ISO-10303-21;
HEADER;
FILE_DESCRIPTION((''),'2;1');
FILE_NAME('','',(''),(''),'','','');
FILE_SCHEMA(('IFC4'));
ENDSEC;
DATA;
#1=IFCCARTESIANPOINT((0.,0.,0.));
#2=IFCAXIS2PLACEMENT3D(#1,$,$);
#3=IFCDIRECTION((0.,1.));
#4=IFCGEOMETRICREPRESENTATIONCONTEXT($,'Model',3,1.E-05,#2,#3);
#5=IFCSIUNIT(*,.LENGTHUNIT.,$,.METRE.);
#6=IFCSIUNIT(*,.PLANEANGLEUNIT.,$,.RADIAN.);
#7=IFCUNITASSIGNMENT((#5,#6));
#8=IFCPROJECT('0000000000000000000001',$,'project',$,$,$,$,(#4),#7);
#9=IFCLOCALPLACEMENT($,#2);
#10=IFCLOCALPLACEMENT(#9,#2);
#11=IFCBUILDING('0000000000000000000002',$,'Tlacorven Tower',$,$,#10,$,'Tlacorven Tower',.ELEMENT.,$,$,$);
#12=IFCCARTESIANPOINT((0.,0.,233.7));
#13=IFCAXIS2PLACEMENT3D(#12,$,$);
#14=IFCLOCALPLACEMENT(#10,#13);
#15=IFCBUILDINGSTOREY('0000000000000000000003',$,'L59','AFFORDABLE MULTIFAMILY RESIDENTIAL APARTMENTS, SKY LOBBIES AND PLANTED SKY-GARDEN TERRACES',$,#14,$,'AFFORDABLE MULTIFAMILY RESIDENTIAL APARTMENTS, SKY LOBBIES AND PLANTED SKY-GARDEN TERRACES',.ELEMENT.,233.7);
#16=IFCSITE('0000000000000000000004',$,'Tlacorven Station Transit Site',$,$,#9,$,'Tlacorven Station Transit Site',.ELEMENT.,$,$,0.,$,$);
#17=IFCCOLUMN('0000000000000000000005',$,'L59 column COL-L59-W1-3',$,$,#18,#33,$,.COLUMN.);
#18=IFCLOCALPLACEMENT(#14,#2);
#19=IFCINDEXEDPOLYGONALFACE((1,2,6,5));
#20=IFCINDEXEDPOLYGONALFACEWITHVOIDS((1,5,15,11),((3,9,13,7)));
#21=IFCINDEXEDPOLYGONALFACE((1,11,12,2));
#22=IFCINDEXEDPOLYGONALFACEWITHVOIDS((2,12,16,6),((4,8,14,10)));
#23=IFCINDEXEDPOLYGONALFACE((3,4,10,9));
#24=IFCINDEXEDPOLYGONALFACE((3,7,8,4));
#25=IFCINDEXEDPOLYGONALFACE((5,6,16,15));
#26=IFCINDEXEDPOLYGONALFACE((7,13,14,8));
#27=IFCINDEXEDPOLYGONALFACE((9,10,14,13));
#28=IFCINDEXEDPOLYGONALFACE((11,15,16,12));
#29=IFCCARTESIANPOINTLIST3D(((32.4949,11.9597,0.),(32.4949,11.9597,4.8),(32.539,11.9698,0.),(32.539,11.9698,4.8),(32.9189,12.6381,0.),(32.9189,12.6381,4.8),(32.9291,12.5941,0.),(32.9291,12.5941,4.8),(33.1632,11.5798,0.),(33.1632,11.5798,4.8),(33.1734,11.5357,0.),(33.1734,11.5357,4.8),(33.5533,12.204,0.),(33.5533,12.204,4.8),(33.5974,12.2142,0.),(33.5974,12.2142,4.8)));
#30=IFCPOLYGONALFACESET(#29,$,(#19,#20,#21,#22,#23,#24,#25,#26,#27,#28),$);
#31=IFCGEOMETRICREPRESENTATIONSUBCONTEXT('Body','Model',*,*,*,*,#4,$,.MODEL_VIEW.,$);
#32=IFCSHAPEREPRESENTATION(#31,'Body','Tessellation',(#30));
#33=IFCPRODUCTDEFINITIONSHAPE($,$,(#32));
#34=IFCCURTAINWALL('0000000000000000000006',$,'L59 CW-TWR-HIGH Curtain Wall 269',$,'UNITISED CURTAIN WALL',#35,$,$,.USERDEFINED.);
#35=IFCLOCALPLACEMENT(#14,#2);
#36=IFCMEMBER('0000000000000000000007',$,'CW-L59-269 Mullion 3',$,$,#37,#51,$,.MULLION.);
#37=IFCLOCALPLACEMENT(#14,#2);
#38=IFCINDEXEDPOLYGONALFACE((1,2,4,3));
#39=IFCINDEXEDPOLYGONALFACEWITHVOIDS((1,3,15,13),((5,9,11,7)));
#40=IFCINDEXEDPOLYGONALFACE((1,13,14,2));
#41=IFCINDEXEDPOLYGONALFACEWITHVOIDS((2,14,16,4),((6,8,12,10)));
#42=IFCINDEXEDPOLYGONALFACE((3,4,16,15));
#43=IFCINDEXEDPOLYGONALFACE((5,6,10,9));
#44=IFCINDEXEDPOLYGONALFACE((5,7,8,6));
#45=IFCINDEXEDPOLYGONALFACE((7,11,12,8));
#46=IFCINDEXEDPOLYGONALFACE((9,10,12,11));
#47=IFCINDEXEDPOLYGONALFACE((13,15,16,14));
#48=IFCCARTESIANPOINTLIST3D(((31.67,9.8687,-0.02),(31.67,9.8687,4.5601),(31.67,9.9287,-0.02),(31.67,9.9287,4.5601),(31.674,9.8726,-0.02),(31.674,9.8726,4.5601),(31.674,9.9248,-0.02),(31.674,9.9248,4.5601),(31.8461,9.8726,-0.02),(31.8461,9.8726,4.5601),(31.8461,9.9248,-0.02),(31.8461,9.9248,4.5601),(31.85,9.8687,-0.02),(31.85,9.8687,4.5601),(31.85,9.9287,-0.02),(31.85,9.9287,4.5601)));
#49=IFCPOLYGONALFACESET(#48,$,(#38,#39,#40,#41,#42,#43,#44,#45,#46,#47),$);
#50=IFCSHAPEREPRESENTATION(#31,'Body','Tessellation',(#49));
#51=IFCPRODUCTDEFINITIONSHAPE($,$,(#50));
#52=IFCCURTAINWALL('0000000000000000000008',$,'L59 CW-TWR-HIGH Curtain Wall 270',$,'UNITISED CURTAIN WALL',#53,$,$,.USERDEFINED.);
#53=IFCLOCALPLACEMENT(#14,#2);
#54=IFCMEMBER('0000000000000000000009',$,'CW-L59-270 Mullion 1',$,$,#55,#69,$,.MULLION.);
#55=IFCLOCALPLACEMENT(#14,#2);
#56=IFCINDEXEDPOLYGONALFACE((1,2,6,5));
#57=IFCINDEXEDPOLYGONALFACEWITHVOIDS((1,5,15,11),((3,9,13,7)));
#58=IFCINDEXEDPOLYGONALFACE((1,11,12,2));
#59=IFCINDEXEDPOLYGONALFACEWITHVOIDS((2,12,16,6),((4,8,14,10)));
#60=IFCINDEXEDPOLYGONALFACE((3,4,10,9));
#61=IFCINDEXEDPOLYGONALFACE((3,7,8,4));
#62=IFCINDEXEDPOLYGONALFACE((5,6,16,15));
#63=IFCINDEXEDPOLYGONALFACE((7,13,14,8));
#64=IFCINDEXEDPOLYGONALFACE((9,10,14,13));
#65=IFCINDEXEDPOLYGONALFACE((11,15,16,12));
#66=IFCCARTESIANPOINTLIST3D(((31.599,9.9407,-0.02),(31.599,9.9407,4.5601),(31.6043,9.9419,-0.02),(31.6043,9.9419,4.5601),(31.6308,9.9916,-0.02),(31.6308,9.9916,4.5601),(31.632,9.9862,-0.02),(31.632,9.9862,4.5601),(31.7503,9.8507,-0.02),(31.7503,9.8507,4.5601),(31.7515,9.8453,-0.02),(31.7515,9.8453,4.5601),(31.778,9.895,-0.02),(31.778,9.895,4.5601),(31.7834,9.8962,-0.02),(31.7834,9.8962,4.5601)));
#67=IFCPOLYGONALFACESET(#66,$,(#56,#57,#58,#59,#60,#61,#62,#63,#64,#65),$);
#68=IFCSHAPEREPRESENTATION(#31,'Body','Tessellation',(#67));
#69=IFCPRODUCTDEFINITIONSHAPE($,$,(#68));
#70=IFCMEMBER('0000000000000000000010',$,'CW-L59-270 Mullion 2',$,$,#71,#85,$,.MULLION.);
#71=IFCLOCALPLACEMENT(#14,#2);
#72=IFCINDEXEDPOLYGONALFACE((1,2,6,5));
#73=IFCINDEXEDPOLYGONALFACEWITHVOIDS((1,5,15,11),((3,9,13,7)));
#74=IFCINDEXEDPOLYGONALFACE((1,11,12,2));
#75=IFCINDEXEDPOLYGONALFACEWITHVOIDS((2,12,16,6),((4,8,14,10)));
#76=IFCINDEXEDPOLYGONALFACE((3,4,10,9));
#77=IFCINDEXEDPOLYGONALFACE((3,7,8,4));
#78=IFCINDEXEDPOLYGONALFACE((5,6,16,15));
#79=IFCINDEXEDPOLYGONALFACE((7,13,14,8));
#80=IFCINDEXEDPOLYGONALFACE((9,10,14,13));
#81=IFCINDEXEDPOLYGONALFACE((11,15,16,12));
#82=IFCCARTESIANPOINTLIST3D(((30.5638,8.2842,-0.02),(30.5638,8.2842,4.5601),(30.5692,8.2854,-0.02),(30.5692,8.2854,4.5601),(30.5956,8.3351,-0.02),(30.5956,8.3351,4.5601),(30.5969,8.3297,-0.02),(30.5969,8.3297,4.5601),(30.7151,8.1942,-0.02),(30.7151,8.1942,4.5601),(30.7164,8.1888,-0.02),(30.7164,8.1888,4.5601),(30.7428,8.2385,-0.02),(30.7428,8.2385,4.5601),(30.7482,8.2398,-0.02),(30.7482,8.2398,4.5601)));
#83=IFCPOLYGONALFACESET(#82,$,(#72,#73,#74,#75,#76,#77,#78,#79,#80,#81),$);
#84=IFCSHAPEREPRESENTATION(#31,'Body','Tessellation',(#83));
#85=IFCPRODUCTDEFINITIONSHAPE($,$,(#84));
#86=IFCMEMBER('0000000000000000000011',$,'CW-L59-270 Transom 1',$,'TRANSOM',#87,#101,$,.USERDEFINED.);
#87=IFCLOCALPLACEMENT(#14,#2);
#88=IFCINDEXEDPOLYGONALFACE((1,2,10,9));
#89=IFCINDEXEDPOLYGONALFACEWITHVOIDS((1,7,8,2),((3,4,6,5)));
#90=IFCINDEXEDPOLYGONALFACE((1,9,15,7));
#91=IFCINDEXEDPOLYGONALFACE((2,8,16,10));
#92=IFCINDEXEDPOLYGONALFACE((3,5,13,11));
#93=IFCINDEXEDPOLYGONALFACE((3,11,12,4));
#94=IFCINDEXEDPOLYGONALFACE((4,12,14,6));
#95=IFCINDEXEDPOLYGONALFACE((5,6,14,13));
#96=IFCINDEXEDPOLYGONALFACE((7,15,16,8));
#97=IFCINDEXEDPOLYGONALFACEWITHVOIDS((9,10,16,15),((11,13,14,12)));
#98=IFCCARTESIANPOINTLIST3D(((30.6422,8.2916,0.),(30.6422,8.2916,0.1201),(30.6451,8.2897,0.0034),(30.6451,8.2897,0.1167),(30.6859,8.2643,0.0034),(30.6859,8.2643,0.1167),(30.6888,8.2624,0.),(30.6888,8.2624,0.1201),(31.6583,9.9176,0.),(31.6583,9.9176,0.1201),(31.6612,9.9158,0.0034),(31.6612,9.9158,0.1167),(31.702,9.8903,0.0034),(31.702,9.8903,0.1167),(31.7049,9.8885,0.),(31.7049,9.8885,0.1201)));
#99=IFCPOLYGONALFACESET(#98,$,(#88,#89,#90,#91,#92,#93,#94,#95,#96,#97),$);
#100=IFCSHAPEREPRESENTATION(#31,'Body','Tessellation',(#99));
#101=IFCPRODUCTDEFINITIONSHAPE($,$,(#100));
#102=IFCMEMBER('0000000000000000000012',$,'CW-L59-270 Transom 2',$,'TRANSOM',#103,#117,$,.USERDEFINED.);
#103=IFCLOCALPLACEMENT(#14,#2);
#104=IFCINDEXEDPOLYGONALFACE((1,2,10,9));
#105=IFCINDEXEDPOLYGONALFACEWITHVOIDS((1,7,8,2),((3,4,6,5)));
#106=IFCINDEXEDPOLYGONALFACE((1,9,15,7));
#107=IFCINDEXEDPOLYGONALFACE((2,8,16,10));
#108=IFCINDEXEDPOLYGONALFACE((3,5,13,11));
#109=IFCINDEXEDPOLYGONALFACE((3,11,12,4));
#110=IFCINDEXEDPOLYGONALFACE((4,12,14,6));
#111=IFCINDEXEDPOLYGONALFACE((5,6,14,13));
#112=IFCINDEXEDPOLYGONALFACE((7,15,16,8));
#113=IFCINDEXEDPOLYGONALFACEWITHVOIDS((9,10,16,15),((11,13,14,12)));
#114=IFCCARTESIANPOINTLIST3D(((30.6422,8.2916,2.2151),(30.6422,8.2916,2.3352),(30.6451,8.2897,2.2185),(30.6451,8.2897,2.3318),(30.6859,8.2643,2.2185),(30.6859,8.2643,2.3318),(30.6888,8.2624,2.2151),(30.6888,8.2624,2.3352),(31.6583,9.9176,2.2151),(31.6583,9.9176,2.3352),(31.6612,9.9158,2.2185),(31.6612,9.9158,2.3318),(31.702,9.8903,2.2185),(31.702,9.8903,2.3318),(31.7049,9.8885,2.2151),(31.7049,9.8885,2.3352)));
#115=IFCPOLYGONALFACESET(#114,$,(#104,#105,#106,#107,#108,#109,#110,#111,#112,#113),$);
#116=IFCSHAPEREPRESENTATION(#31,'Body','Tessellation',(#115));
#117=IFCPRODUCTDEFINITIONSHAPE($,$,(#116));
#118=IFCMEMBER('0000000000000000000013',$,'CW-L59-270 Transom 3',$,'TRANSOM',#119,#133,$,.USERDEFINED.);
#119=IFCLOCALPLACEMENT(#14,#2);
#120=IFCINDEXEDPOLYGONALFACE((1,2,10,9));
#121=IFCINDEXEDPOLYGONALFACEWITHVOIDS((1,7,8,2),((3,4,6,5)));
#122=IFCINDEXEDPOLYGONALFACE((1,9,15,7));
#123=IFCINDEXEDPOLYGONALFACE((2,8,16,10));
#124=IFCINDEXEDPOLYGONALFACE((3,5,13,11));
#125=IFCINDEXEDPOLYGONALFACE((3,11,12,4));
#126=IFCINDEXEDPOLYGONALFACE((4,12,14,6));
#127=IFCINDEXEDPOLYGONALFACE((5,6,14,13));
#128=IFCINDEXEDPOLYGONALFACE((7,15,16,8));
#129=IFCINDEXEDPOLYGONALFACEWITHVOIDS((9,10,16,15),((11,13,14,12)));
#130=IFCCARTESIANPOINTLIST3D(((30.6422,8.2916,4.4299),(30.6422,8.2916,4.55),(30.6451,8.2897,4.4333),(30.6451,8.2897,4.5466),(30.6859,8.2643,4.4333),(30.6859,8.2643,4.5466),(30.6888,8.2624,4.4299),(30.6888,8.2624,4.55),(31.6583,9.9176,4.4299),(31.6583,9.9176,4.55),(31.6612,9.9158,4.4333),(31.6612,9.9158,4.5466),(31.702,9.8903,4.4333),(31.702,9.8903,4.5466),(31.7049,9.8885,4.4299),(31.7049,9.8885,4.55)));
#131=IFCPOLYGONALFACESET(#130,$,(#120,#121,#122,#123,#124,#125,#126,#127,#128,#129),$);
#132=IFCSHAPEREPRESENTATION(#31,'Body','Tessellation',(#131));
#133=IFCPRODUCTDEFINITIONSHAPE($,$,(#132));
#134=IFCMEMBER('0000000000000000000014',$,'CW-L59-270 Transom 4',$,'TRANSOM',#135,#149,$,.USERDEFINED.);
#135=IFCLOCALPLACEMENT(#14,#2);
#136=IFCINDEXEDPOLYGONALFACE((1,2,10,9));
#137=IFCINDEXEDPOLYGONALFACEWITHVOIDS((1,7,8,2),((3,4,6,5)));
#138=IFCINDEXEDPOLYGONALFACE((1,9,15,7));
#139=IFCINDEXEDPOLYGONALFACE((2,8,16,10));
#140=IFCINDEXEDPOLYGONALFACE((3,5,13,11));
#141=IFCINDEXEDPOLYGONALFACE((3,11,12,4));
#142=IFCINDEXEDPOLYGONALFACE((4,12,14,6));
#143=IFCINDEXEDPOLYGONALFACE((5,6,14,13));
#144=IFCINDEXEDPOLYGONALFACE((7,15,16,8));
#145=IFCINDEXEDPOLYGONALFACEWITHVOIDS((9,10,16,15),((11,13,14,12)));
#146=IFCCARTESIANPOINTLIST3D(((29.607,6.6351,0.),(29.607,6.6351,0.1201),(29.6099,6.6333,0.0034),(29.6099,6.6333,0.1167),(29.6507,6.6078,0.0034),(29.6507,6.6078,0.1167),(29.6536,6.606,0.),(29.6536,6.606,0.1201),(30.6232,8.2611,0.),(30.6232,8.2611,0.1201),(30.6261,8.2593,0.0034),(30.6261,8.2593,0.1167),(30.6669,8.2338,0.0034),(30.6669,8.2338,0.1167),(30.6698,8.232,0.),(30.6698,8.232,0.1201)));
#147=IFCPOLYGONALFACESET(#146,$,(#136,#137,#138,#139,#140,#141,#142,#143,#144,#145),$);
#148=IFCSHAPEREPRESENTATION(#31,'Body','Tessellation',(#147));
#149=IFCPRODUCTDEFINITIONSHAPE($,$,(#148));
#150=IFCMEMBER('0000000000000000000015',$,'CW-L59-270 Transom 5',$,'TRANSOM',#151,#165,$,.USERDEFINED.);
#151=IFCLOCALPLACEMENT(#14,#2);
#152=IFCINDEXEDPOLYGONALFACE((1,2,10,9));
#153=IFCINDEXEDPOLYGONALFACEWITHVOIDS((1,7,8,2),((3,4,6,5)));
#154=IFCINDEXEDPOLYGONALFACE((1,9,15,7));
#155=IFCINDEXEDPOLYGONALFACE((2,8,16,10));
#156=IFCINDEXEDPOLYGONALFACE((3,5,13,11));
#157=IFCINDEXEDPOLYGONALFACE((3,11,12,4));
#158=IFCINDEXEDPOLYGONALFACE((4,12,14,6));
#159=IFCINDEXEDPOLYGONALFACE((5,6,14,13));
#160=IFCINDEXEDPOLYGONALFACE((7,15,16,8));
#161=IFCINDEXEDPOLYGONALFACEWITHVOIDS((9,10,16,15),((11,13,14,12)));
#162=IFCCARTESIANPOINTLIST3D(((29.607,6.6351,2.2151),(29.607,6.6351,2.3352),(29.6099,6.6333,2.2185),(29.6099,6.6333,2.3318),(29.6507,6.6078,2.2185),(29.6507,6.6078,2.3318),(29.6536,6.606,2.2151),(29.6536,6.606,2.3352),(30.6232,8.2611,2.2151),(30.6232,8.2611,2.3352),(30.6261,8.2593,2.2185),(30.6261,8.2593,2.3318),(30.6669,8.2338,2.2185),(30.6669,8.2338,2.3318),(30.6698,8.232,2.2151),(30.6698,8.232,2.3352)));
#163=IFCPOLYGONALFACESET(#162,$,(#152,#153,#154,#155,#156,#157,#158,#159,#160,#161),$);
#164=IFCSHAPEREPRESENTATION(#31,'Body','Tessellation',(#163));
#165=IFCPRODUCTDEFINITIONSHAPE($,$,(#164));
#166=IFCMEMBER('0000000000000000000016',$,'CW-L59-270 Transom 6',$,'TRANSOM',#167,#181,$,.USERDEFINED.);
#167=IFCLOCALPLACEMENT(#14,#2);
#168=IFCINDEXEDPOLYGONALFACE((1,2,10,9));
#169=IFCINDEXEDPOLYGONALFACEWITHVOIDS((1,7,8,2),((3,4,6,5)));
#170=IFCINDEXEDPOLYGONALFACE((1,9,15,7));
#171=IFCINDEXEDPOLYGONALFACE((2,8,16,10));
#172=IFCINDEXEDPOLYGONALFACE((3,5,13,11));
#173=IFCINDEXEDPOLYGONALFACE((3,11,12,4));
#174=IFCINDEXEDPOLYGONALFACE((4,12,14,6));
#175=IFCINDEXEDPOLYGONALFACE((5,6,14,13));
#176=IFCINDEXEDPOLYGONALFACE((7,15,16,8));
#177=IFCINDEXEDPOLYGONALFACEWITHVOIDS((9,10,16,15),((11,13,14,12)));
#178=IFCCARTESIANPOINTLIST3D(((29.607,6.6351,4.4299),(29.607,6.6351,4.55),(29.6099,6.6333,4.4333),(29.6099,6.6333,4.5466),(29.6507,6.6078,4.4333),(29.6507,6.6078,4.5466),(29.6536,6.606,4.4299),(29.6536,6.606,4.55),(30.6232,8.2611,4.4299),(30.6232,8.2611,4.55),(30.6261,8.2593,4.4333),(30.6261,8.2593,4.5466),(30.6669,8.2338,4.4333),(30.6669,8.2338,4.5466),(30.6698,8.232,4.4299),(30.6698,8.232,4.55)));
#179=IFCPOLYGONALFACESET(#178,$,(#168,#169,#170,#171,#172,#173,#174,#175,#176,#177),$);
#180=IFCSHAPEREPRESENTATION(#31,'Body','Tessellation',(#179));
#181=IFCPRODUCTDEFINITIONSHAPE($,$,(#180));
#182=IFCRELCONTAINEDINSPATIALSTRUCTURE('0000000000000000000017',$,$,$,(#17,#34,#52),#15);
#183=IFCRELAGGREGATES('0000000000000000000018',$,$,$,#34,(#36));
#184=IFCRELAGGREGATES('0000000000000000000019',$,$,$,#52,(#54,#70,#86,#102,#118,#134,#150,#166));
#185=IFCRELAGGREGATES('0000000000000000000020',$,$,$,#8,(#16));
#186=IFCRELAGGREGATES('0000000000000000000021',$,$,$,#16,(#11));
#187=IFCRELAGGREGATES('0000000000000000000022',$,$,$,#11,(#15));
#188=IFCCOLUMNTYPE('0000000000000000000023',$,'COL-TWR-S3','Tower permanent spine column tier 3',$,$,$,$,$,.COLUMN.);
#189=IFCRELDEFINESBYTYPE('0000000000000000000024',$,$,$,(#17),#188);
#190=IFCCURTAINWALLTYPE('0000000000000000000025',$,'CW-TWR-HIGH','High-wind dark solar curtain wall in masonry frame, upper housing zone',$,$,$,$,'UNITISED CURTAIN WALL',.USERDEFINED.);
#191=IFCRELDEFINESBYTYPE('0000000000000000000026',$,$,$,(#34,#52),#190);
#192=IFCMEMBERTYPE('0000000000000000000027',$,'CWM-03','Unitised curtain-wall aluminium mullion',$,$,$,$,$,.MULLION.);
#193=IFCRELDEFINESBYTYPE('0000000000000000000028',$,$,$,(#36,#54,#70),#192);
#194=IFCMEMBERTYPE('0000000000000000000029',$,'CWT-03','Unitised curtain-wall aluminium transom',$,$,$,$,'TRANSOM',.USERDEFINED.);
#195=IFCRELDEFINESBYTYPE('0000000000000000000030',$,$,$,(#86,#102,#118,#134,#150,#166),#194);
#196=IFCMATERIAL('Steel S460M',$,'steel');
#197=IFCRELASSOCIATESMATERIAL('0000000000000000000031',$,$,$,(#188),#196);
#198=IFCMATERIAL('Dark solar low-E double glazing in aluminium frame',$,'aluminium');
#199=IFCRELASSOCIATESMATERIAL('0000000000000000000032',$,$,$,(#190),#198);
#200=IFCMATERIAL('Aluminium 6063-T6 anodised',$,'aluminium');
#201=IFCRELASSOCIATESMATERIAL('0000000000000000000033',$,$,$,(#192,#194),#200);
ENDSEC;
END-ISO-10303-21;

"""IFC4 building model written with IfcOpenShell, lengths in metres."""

from ifc_helpers import new_model, si_unit, direction, frame, origin, origin_2d, place, context, subcontext, project, spatial, hollow_rectangle, extrude, source, transform, mapped, material, material_profile, profile_set, type_object, element, aggregate, save


model = new_model("IFC4")

# Units and contexts
model_context = context("Model", 3, precision=1e-05, world=origin(), true_north=direction((0.0, 1.0)))
body_context = subcontext(model_context, "Body", "Model", "MODEL_VIEW")
ifc_project = project(units=[si_unit("LENGTHUNIT", "METRE"), si_unit("PLANEANGLEUNIT", "RADIAN")], contexts=[model_context])

# Site, building, storey
site_placement = place(None, origin())
site = spatial("IfcSite", under=ifc_project, at=site_placement, Name="Tlacorven Station Transit Site", LongName="Tlacorven Station Transit Site", CompositionType="ELEMENT", RefElevation=0.0)
building_placement = place(site_placement, origin())
building = spatial("IfcBuilding", under=site, at=building_placement, Name="Tlacorven Tower", LongName="Tlacorven Tower", CompositionType="ELEMENT")
storey_placement = place(building_placement, frame((0.0, 0.0, 233.7)))
storey = spatial("IfcBuildingStorey", under=building, at=storey_placement, Name="L59", Description="AFFORDABLE MULTIFAMILY RESIDENTIAL APARTMENTS, SKY LOBBIES AND PLANTED SKY-GARDEN TERRACES", LongName="AFFORDABLE MULTIFAMILY RESIDENTIAL APARTMENTS, SKY LOBBIES AND PLANTED SKY-GARDEN TERRACES", CompositionType="ELEMENT", Elevation=233.7)

# Column
ifc_material_1 = material(Name="Steel S460M", Category="steel")
ifc_material_profile_1 = material_profile(ifc_material_1, hollow_rectangle(XDim=0.8, YDim=0.8, WallThickness=0.032, at=origin_2d()), Name="BOX 800X800X32")
ifc_profile_set_1 = profile_set([ifc_material_profile_1], Name="Steel S460M")
column_type = type_object("IfcColumnType", Name="COL-TWR-S3", Description="Tower permanent spine column tier 3", PredefinedType="COLUMN", material=ifc_profile_set_1)
shared_shape_1 = source(origin(), body_context, "Body", "SweptSolid", [
    extrude(hollow_rectangle(XDim=0.8, YDim=0.8, WallThickness=0.032, at=origin_2d()), origin(), (0.0, 0.0, 1.0), 4.8),
])
column_placement = place(storey_placement, frame((33.0461, 12.0869, 0.0), z_axis=(0.0, 0.0, 1.0), x_axis=(-0.848048, 0.529919, 0.0)))
element("IfcColumn", 1, at=column_placement, inside=storey, type_object=column_type, Name="L59 column COL-L59-W1-3", PredefinedType="COLUMN", context=body_context, shape_type="MappedRepresentation", body=[
    mapped(shared_shape_1, transform((0.0, 0.0, 0.0), scale=1.0)),
])

# Curtain wall, member
ifc_material_2 = material(Name="Dark solar low-E double glazing in aluminium frame", Category="aluminium")
curtain_wall_type = type_object("IfcCurtainWallType", Name="CW-TWR-HIGH", Description="High-wind dark solar curtain wall in masonry frame, upper housing zone", ElementType="UNITISED CURTAIN WALL", PredefinedType="USERDEFINED", material=ifc_material_2)
curtain_wall_1_placement = place(storey_placement, origin())
curtain_wall_1 = element("IfcCurtainWall", 2, at=curtain_wall_1_placement, inside=storey, type_object=curtain_wall_type, Name="L59 CW-TWR-HIGH Curtain Wall 269", ObjectType="UNITISED CURTAIN WALL", PredefinedType="USERDEFINED")
ifc_material_3 = material(Name="Aluminium 6063-T6 anodised", Category="aluminium")
ifc_material_profile_2 = material_profile(ifc_material_3, hollow_rectangle(XDim=0.0601, YDim=0.1799, WallThickness=0.0039, at=origin_2d()), Name="ALU MULLION 60X180")
ifc_profile_set_2 = profile_set([ifc_material_profile_2], Name="Aluminium 6063-T6 anodised")
member_type_1 = type_object("IfcMemberType", Name="CWM-03", Description="Unitised curtain-wall aluminium mullion", PredefinedType="MULLION", material=ifc_profile_set_2)
shared_shape_2 = source(origin(), body_context, "Body", "SweptSolid", [
    extrude(hollow_rectangle(XDim=0.0601, YDim=0.1799, WallThickness=0.0039, at=origin_2d()), origin(), (0.0, 0.0, 1.0), 4.5801),
])
member_1_placement = place(storey_placement, frame((31.76, 9.8987, -0.02), z_axis=(0.0, 0.0, 1.0), x_axis=(0.0, 1.0, 0.0)))
member_1 = element("IfcMember", 3, at=member_1_placement, type_object=member_type_1, Name="CW-L59-269 Mullion 3", PredefinedType="MULLION", context=body_context, shape_type="MappedRepresentation", body=[
    mapped(shared_shape_2, transform((0.0, 0.0, 0.0), scale=1.0)),
])

# Curtain wall, members
curtain_wall_2_placement = place(storey_placement, origin())
curtain_wall_2 = element("IfcCurtainWall", 4, at=curtain_wall_2_placement, inside=storey, type_object=curtain_wall_type, Name="L59 CW-TWR-HIGH Curtain Wall 270", ObjectType="UNITISED CURTAIN WALL", PredefinedType="USERDEFINED")
member_2_placement = place(storey_placement, frame((31.6912, 9.9185, -0.02), z_axis=(0.0, 0.0, 1.0), x_axis=(-0.529919, -0.848048, 0.0)))
member_2 = element("IfcMember", 5, at=member_2_placement, type_object=member_type_1, Name="CW-L59-270 Mullion 1", PredefinedType="MULLION", context=body_context, shape_type="MappedRepresentation", body=[
    mapped(shared_shape_2, transform((0.0, 0.0, 0.0), scale=1.0)),
])
member_3_placement = place(storey_placement, frame((30.656, 8.262, -0.02), z_axis=(0.0, 0.0, 1.0), x_axis=(-0.529919, -0.848048, 0.0)))
member_3 = element("IfcMember", 6, at=member_3_placement, type_object=member_type_1, Name="CW-L59-270 Mullion 2", PredefinedType="MULLION", context=body_context, shape_type="MappedRepresentation", body=[
    mapped(shared_shape_2, transform((0.0, 0.0, 0.0), scale=1.0)),
])
ifc_material_profile_3 = material_profile(ifc_material_3, hollow_rectangle(XDim=0.0549, YDim=0.1201, WallThickness=0.0034, at=origin_2d()), Name="ALU TRANSOM 55X120")
ifc_profile_set_3 = profile_set([ifc_material_profile_3], Name="Aluminium 6063-T6 anodised")
member_type_2 = type_object("IfcMemberType", Name="CWT-03", Description="Unitised curtain-wall aluminium transom", ElementType="TRANSOM", PredefinedType="USERDEFINED", material=ifc_profile_set_3)
shared_shape_3 = source(origin(), body_context, "Body", "SweptSolid", [
    extrude(hollow_rectangle(XDim=0.0549, YDim=0.1201, WallThickness=0.0034, at=origin_2d()), origin(), (0.0, 0.0, 1.0), 1.9175),
])
member_4_placement = place(storey_placement, frame((31.6816, 9.9031, 0.0601), z_axis=(-0.529953, -0.848027, 0.0), x_axis=(0.848027, -0.529953, 0.0)))
member_4 = element("IfcMember", 7, at=member_4_placement, type_object=member_type_2, Name="CW-L59-270 Transom 1", ObjectType="TRANSOM", PredefinedType="USERDEFINED", context=body_context, shape_type="MappedRepresentation", body=[
    mapped(shared_shape_3, transform((0.0, 0.0, 0.0), scale=1.0)),
])
member_5_placement = place(storey_placement, frame((31.6816, 9.9031, 2.2751), z_axis=(-0.529953, -0.848027, 0.0), x_axis=(0.848027, -0.529953, 0.0)))
member_5 = element("IfcMember", 8, at=member_5_placement, type_object=member_type_2, Name="CW-L59-270 Transom 2", ObjectType="TRANSOM", PredefinedType="USERDEFINED", context=body_context, shape_type="MappedRepresentation", body=[
    mapped(shared_shape_3, transform((0.0, 0.0, 0.0), scale=1.0)),
])
member_6_placement = place(storey_placement, frame((31.6816, 9.9031, 4.49), z_axis=(-0.529953, -0.848027, 0.0), x_axis=(0.848027, -0.529953, 0.0)))
member_6 = element("IfcMember", 9, at=member_6_placement, type_object=member_type_2, Name="CW-L59-270 Transom 3", ObjectType="TRANSOM", PredefinedType="USERDEFINED", context=body_context, shape_type="MappedRepresentation", body=[
    mapped(shared_shape_3, transform((0.0, 0.0, 0.0), scale=1.0)),
])
member_7_placement = place(storey_placement, frame((30.6465, 8.2466, 0.0601), z_axis=(-0.529953, -0.848027, 0.0), x_axis=(0.848027, -0.529953, 0.0)))
member_7 = element("IfcMember", 10, at=member_7_placement, type_object=member_type_2, Name="CW-L59-270 Transom 4", ObjectType="TRANSOM", PredefinedType="USERDEFINED", context=body_context, shape_type="MappedRepresentation", body=[
    mapped(shared_shape_3, transform((0.0, 0.0, 0.0), scale=1.0)),
])
member_8_placement = place(storey_placement, frame((30.6465, 8.2466, 2.2751), z_axis=(-0.529953, -0.848027, 0.0), x_axis=(0.848027, -0.529953, 0.0)))
member_8 = element("IfcMember", 11, at=member_8_placement, type_object=member_type_2, Name="CW-L59-270 Transom 5", ObjectType="TRANSOM", PredefinedType="USERDEFINED", context=body_context, shape_type="MappedRepresentation", body=[
    mapped(shared_shape_3, transform((0.0, 0.0, 0.0), scale=1.0)),
])
member_9_placement = place(storey_placement, frame((30.6465, 8.2466, 4.49), z_axis=(-0.529953, -0.848027, 0.0), x_axis=(0.848027, -0.529953, 0.0)))
member_9 = element("IfcMember", 12, at=member_9_placement, type_object=member_type_2, Name="CW-L59-270 Transom 6", ObjectType="TRANSOM", PredefinedType="USERDEFINED", context=body_context, shape_type="MappedRepresentation", body=[
    mapped(shared_shape_3, transform((0.0, 0.0, 0.0), scale=1.0)),
])

aggregate(curtain_wall_1, [member_1])
aggregate(curtain_wall_2, [member_2, member_3, member_4, member_5, member_6, member_7, member_8, member_9])

save(model, "model.ifc")
